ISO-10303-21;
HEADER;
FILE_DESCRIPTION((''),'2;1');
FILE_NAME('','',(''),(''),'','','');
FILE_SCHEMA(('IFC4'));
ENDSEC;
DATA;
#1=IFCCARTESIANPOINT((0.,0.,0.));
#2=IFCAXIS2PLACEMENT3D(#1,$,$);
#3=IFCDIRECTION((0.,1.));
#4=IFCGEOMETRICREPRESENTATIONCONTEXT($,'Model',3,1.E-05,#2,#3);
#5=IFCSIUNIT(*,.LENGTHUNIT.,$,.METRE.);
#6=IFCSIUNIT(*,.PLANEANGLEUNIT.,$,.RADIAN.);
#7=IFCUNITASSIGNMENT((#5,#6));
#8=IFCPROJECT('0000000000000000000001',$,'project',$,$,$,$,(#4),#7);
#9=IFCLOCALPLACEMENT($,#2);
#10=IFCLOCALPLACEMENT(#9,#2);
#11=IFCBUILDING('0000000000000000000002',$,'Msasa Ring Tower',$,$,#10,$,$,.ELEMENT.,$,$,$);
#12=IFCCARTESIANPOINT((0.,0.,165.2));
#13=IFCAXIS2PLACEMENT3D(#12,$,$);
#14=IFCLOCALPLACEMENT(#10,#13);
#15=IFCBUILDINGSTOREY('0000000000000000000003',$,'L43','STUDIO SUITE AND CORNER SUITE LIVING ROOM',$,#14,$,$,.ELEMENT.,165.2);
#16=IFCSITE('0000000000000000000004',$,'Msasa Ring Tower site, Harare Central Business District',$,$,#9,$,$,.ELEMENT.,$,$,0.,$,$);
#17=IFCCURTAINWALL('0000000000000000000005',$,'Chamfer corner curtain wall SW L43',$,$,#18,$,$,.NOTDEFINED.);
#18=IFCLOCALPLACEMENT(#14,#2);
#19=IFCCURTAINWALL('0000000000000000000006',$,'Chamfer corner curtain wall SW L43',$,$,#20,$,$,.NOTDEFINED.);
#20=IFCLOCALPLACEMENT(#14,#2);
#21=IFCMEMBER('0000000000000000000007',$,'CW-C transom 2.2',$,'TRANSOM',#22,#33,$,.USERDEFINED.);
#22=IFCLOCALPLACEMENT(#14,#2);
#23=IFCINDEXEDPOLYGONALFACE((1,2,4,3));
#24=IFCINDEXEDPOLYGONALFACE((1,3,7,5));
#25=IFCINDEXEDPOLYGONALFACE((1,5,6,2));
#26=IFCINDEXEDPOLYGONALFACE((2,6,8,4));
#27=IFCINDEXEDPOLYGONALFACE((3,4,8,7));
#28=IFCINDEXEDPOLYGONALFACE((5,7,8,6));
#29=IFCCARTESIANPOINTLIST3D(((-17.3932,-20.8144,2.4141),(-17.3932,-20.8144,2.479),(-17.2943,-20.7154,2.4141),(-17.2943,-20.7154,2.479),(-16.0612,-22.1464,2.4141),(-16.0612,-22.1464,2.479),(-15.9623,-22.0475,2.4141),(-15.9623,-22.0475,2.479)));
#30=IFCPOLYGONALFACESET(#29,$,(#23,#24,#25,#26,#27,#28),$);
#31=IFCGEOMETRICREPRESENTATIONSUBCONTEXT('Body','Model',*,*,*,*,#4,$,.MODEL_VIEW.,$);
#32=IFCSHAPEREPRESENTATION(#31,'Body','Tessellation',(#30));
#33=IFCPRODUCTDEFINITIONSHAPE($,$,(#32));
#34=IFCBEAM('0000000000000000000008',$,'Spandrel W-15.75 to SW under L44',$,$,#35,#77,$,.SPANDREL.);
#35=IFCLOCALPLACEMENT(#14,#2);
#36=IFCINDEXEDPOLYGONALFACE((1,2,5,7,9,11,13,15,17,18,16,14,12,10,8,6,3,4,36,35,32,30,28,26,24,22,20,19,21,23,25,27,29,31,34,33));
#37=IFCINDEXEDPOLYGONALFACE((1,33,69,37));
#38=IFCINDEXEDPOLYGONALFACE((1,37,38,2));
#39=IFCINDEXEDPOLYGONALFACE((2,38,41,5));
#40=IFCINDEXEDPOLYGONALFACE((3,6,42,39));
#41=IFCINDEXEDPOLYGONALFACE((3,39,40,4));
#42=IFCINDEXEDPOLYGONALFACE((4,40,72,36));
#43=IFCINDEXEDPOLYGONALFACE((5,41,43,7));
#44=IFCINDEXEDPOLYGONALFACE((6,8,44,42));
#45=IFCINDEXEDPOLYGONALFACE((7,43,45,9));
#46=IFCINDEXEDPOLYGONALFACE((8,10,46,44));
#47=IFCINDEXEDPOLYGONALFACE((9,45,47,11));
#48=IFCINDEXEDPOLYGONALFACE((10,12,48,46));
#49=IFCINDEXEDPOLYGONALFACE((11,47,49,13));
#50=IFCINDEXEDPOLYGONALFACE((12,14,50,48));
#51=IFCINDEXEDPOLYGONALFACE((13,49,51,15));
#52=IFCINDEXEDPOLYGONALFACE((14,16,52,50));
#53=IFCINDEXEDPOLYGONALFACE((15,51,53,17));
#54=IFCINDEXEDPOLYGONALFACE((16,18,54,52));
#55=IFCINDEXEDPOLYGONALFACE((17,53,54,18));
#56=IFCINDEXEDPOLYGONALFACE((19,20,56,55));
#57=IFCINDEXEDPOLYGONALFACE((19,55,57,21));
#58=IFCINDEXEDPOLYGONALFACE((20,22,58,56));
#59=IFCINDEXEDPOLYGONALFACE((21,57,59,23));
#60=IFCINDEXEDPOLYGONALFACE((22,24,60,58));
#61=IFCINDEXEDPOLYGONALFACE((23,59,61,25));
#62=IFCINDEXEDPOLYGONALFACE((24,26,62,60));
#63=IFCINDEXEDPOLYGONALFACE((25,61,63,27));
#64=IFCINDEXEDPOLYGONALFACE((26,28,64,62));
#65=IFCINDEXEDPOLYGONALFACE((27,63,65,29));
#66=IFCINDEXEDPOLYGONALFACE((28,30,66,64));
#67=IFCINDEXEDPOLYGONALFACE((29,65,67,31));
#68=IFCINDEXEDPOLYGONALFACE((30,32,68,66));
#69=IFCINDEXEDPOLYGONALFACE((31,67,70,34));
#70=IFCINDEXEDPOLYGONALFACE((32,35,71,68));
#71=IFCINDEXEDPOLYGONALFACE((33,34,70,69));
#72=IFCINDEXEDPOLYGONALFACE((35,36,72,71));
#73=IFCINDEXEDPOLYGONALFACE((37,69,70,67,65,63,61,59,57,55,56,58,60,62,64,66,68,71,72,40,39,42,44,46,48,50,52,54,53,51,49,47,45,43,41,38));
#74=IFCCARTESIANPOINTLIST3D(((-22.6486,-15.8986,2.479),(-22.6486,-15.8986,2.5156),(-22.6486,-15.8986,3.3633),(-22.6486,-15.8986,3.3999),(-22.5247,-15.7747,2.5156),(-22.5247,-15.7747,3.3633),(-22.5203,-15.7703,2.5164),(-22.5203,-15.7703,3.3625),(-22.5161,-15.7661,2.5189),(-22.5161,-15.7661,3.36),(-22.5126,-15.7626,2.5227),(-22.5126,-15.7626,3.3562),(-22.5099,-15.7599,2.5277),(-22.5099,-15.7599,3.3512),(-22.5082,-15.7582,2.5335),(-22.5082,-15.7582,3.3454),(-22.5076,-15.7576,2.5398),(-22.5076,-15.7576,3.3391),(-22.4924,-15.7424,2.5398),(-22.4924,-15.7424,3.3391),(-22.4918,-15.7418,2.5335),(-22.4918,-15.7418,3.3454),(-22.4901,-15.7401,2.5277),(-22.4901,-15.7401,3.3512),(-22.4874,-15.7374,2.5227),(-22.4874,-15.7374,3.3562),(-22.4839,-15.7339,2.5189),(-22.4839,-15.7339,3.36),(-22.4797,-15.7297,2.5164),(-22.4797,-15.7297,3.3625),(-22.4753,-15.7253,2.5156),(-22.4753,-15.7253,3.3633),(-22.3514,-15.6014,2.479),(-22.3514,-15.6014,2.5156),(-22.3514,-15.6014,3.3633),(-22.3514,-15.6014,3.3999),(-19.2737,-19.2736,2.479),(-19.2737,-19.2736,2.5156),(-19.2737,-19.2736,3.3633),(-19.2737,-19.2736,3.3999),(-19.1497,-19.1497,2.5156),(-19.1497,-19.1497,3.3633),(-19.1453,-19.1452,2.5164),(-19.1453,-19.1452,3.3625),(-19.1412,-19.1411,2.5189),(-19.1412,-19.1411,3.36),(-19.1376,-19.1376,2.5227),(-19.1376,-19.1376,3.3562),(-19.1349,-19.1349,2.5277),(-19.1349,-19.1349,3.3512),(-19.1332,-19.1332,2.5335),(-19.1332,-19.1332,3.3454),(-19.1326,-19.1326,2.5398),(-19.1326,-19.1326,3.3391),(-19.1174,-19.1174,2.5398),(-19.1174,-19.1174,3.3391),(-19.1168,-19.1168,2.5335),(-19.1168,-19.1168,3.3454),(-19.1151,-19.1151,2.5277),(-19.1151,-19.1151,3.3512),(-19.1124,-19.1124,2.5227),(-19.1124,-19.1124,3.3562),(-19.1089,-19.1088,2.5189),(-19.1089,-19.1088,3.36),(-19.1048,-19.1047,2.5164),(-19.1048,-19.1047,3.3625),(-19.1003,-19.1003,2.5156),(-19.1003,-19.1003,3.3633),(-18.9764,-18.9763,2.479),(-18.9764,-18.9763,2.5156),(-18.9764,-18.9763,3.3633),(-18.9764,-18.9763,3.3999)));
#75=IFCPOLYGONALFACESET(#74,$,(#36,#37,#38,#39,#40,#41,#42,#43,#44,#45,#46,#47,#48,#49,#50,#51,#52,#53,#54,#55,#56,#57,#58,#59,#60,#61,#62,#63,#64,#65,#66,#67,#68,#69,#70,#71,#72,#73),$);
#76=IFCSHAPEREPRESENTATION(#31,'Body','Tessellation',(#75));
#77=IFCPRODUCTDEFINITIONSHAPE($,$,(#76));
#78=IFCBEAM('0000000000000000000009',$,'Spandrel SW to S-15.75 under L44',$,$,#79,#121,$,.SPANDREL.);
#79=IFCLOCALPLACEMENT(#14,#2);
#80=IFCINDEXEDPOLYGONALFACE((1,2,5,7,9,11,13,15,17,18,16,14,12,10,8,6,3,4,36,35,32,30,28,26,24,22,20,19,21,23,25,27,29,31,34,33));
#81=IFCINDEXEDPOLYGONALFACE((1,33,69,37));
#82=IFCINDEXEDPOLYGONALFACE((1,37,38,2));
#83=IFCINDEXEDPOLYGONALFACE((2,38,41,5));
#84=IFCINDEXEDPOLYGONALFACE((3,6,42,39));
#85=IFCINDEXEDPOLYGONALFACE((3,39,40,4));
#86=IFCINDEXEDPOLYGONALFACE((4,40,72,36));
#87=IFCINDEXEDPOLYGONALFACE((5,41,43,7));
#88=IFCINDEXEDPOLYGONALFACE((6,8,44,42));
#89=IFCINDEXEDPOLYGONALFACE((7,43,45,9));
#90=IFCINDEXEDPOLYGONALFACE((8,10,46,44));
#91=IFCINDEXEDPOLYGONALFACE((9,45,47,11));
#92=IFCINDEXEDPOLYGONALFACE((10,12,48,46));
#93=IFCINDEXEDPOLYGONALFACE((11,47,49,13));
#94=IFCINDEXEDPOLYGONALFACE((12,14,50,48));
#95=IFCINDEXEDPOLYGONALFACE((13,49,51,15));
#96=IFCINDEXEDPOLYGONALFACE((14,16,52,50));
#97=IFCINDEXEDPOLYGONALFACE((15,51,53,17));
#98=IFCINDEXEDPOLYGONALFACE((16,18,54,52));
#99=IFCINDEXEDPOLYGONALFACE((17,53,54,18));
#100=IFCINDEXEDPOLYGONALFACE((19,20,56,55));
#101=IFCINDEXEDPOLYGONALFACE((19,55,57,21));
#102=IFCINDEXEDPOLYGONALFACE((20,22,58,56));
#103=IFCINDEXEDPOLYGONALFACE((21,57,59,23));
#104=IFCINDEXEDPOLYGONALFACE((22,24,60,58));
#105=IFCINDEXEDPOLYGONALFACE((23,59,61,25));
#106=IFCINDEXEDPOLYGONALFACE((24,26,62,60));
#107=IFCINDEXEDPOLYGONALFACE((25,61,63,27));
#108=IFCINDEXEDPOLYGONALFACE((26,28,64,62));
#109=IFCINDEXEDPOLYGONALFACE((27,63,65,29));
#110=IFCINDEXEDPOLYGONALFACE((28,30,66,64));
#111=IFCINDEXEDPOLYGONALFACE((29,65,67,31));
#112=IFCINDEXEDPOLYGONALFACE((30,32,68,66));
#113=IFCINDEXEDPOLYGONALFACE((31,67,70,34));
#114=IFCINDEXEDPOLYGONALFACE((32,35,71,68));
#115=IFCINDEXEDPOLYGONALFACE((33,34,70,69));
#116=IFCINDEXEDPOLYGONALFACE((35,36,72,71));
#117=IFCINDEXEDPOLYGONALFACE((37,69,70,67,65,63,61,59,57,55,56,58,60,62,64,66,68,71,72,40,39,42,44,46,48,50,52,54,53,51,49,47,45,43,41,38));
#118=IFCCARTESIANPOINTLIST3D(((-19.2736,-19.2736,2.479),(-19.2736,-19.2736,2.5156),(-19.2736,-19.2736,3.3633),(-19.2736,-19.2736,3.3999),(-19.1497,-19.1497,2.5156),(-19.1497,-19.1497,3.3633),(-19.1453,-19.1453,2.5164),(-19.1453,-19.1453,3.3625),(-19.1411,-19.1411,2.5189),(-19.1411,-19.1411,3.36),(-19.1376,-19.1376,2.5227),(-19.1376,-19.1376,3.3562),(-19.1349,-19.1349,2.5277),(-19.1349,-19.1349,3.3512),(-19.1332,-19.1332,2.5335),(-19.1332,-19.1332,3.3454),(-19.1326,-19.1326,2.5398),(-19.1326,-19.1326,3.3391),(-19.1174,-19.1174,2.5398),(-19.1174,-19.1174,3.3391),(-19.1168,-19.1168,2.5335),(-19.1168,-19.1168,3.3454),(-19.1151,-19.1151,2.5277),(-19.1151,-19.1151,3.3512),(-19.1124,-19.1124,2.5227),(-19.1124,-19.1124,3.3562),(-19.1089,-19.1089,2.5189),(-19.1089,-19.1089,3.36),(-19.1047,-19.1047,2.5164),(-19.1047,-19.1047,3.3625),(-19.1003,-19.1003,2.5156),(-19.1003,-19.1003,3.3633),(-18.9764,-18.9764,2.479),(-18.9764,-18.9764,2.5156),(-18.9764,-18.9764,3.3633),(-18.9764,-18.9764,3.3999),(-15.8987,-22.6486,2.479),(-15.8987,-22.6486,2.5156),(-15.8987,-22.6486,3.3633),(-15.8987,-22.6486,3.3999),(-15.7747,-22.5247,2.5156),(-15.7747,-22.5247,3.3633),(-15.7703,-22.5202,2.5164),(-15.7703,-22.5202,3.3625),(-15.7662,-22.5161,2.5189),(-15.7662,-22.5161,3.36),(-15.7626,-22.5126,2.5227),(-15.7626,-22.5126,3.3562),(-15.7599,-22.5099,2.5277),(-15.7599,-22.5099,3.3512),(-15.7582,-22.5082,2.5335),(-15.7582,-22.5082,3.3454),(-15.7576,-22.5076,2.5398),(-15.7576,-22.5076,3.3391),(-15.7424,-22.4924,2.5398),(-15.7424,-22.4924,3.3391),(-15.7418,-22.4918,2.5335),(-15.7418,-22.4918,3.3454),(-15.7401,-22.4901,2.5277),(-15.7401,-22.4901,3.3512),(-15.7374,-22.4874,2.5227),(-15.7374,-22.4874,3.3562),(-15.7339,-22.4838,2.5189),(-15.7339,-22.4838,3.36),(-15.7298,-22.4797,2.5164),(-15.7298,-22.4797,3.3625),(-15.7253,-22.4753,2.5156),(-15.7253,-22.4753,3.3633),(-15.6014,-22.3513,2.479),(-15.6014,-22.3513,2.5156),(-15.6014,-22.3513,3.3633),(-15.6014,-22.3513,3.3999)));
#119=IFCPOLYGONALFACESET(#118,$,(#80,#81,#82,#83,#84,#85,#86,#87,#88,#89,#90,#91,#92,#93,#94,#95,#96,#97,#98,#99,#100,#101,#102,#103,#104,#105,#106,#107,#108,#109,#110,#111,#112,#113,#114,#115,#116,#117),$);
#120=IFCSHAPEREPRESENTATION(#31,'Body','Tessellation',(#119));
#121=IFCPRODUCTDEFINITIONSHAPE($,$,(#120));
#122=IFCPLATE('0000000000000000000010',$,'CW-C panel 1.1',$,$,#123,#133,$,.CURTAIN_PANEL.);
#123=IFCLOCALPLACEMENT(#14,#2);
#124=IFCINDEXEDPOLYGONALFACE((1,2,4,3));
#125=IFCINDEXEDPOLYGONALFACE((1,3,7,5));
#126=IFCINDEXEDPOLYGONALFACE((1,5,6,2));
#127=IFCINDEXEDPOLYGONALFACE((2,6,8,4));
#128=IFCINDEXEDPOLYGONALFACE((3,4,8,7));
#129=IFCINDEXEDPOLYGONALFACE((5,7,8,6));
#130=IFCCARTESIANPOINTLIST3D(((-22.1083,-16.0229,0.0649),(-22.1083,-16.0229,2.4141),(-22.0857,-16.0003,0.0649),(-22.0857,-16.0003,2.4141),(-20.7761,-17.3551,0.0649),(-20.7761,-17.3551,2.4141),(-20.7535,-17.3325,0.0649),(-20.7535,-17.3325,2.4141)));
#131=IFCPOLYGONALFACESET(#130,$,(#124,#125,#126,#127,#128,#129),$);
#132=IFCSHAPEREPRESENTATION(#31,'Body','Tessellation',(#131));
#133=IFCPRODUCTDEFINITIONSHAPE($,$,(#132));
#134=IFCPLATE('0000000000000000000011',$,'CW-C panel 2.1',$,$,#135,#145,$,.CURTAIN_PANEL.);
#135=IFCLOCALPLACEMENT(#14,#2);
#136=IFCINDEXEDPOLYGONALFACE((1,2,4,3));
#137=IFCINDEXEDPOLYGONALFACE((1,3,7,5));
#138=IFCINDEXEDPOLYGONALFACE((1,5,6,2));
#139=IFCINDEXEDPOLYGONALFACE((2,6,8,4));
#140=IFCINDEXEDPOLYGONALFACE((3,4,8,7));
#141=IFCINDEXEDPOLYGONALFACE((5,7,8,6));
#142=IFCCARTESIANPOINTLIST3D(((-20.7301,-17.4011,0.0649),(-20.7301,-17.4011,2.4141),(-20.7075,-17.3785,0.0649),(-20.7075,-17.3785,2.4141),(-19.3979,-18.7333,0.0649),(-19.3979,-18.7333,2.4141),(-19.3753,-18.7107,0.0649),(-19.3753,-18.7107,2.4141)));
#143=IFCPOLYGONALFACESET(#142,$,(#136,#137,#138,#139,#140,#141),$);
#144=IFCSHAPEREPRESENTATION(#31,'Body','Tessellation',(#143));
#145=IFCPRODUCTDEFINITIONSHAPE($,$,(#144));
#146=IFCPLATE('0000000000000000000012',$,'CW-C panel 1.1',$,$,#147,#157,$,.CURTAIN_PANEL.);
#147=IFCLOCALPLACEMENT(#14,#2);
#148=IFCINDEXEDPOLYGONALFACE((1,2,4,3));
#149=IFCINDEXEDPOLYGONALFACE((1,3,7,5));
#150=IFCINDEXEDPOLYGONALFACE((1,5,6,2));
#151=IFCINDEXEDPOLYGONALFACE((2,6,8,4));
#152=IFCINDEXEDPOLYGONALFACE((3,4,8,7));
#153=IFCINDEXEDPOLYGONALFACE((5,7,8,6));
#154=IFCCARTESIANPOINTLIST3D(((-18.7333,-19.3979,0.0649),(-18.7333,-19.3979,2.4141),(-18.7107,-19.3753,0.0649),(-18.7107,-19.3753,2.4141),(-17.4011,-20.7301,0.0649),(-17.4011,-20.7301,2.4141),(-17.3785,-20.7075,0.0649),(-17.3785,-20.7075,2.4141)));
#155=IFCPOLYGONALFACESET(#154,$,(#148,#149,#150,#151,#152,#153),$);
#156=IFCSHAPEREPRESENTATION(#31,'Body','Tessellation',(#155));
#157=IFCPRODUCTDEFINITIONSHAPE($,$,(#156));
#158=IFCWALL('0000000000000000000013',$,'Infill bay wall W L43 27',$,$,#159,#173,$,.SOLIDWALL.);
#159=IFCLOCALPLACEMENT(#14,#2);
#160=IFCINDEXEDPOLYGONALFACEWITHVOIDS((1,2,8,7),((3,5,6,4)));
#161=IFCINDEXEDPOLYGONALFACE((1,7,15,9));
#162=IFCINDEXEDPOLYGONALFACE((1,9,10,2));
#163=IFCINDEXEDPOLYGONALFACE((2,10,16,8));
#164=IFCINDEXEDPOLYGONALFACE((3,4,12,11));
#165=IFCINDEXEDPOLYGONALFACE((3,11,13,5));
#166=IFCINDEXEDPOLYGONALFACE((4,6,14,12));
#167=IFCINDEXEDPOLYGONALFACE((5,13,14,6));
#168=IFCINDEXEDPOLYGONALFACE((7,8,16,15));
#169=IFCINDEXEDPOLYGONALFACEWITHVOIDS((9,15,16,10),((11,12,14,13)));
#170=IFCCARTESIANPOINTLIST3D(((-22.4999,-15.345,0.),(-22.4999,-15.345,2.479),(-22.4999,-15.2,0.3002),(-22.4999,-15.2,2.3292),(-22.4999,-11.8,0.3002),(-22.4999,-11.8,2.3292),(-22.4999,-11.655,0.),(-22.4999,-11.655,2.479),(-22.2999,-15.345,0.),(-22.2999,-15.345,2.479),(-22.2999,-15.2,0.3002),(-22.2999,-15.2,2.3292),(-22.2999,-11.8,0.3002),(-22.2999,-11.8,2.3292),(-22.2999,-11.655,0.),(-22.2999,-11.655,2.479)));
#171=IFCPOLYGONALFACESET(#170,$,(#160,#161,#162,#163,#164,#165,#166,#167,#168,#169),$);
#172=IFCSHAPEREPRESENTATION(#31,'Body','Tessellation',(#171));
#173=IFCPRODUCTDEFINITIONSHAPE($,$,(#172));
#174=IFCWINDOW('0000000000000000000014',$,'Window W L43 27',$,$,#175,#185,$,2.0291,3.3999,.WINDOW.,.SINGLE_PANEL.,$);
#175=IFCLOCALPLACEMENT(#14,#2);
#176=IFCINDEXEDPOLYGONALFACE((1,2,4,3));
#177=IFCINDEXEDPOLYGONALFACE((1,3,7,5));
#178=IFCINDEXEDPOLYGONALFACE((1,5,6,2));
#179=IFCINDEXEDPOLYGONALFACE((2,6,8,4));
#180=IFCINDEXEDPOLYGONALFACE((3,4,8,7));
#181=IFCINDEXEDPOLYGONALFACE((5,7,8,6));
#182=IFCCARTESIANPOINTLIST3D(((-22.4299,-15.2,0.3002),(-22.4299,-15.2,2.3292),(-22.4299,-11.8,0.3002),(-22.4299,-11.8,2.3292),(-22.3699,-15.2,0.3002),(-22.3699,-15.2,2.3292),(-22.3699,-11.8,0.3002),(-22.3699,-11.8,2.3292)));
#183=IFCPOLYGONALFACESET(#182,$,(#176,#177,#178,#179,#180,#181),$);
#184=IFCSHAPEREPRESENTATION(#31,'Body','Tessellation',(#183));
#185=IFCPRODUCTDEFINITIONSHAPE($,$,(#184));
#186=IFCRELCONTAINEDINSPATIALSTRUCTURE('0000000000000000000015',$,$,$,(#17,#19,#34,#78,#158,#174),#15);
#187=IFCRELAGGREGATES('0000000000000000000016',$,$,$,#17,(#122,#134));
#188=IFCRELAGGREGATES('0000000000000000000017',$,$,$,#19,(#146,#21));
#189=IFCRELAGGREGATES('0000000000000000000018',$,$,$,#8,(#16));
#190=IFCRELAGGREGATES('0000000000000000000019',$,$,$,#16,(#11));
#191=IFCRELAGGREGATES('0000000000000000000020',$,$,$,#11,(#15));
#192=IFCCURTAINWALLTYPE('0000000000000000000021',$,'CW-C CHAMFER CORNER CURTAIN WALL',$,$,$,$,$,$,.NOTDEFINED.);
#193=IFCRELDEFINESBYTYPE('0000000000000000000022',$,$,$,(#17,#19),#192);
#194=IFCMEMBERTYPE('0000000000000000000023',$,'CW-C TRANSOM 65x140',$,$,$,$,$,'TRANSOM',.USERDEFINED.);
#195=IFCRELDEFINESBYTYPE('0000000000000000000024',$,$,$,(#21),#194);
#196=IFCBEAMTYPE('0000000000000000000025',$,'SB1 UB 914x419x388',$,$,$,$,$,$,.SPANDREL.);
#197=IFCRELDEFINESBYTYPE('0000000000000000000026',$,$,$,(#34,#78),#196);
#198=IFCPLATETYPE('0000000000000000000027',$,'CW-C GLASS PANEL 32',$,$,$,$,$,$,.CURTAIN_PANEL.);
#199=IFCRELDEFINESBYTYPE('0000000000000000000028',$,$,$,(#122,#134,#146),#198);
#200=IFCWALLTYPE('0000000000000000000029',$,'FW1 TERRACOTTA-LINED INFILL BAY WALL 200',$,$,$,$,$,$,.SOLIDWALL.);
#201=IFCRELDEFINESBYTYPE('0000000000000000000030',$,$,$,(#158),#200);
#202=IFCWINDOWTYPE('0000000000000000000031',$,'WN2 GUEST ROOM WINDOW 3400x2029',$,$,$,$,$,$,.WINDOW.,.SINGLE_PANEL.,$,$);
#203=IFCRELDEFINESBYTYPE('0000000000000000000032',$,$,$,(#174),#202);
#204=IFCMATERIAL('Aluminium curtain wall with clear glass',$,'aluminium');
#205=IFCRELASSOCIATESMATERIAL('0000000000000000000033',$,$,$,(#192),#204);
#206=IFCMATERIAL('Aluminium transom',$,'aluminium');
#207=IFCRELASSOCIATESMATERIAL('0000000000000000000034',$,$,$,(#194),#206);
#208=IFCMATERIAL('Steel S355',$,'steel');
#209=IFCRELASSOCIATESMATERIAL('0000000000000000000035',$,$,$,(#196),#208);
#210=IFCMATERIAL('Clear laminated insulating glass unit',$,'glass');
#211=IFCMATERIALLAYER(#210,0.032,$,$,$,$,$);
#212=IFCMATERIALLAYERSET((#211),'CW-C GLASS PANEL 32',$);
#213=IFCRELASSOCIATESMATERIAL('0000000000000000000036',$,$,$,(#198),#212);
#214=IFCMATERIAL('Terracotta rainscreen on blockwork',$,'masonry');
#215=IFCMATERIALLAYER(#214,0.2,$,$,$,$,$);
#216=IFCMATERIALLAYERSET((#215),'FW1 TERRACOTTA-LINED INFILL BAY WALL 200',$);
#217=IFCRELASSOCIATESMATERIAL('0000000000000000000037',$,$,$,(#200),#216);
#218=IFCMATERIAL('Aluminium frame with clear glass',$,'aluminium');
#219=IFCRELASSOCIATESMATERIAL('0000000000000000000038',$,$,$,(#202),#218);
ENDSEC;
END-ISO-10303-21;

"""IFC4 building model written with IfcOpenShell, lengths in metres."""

from ifc_helpers import new_model, si_unit, direction, frame, frame_2d, origin, origin_2d, place, context, subcontext, project, spatial, rectangle, i_section, extrude, material, layer, layer_set, material_profile, profile_set, type_object, element, fill, aggregate, save


model = new_model("IFC4")

# Units and contexts
model_context = context("Model", 3, precision=1e-05, world=origin(), true_north=direction((0.0, 1.0)))
body_context = subcontext(model_context, "Body", "Model", "MODEL_VIEW")
ifc_project = project(units=[si_unit("LENGTHUNIT", "METRE"), si_unit("PLANEANGLEUNIT", "RADIAN")], contexts=[model_context])

# Site, building, storey
site_placement = place(None, origin())
site = spatial("IfcSite", under=ifc_project, at=site_placement, Name="Msasa Ring Tower site, Harare Central Business District", CompositionType="ELEMENT", RefElevation=0.0)
building_placement = place(site_placement, origin())
building = spatial("IfcBuilding", under=site, at=building_placement, Name="Msasa Ring Tower", CompositionType="ELEMENT")
storey_placement = place(building_placement, frame((0.0, 0.0, 165.2)))
storey = spatial("IfcBuildingStorey", under=building, at=storey_placement, Name="L43", Description="STUDIO SUITE AND CORNER SUITE LIVING ROOM", CompositionType="ELEMENT", Elevation=165.2)

# Curtain walls
ifc_material_1 = material(Name="Aluminium curtain wall with clear glass", Category="aluminium")
curtain_wall_type = type_object("IfcCurtainWallType", Name="CW-C CHAMFER CORNER CURTAIN WALL", PredefinedType="NOTDEFINED", material=ifc_material_1)
curtain_wall_1_placement = place(storey_placement, origin())
curtain_wall_1 = element("IfcCurtainWall", 1, at=curtain_wall_1_placement, inside=storey, type_object=curtain_wall_type, Name="Chamfer corner curtain wall SW L43", PredefinedType="NOTDEFINED")
curtain_wall_2_placement = place(storey_placement, origin())
curtain_wall_2 = element("IfcCurtainWall", 2, at=curtain_wall_2_placement, inside=storey, type_object=curtain_wall_type, Name="Chamfer corner curtain wall SW L43", PredefinedType="NOTDEFINED")

# Member
ifc_material_2 = material(Name="Aluminium transom", Category="aluminium")
ifc_material_profile_1 = material_profile(ifc_material_2, rectangle(XDim=0.1399, YDim=0.0649, at=origin_2d()), Name="AL 65x140")
ifc_profile_set_1 = profile_set([ifc_material_profile_1], Name="Aluminium transom")
member_type_1 = type_object("IfcMemberType", Name="CW-C TRANSOM 65x140", ElementType="TRANSOM", PredefinedType="USERDEFINED", material=ifc_profile_set_1)
member_1_placement = place(storey_placement, frame((-17.3438, -20.7649, 2.4465), z_axis=(0.707107, -0.707107, 0.0), x_axis=(0.707107, 0.707107, 0.0)))
member_1 = element("IfcMember", 3, at=member_1_placement, type_object=member_type_1, Name="CW-C transom 2.2", ObjectType="TRANSOM", PredefinedType="USERDEFINED", context=body_context, shape_type="SweptSolid", body=[
    extrude(rectangle(XDim=0.1399, YDim=0.0649, at=origin_2d()), origin(), (0.0, 0.0, 1.0), 1.8838),
])

# Beams
ifc_material_3 = material(Name="Steel S355", Category="steel")
ifc_material_profile_2 = material_profile(ifc_material_3, i_section(OverallWidth=0.4204, OverallDepth=0.9209, WebThickness=0.0215, FlangeThickness=0.0366, FilletRadius=0.0242, at=origin_2d()), Name="UB 914x419x388")
ifc_profile_set_2 = profile_set([ifc_material_profile_2], Name="Steel S355")
beam_type = type_object("IfcBeamType", Name="SB1 UB 914x419x388", PredefinedType="SPANDREL", material=ifc_profile_set_2)
for number, where, z_axis, x_axis, name in (
    (4, (-22.5, -15.75, 2.9395), (0.707107, -0.707107, 0.0), (0.707107, 0.707107, 0.0), "Spandrel W-15.75 to SW under L44"),
    (5, (-19.125, -19.125, 2.9395), (0.707107, -0.707107, 0.0), (0.707107, 0.707107, 0.0), "Spandrel SW to S-15.75 under L44"),
):
    element("IfcBeam", number, at=place(storey_placement, frame(where, z_axis=z_axis, x_axis=x_axis)), inside=storey, type_object=beam_type, Name=name, PredefinedType="SPANDREL", context=body_context, shape_type="SweptSolid", body=[
        extrude(i_section(OverallWidth=0.4204, OverallDepth=0.9209, WebThickness=0.0215, FlangeThickness=0.0366, FilletRadius=0.0242, at=origin_2d()), origin(), (0.0, 0.0, 1.0), 4.7729),
    ])

# Plates
ifc_material_4 = material(Name="Clear laminated insulating glass unit", Category="glass")
ifc_layer_1 = layer(ifc_material_4, 0.032)
ifc_layer_set_1 = layer_set([ifc_layer_1], Name="CW-C GLASS PANEL 32")
plate_type = type_object("IfcPlateType", Name="CW-C GLASS PANEL 32", PredefinedType="CURTAIN_PANEL", material=ifc_layer_set_1)
plate_1_placement = place(storey_placement, frame((-21.4309, -16.6777, 0.0649), z_axis=(0.0, 0.0, 1.0), x_axis=(0.707107, -0.707107, 0.0)))
plate_1 = element("IfcPlate", 6, at=plate_1_placement, type_object=plate_type, Name="CW-C panel 1.1", PredefinedType="CURTAIN_PANEL", context=body_context, shape_type="SweptSolid", body=[
    extrude(rectangle(XDim=1.884, YDim=0.032, at=origin_2d()), origin(), (0.0, 0.0, 1.0), 2.3491),
])
plate_2_placement = place(storey_placement, frame((-20.0527, -18.0559, 0.0649), z_axis=(0.0, 0.0, 1.0), x_axis=(0.707107, -0.707107, 0.0)))
plate_2 = element("IfcPlate", 7, at=plate_2_placement, type_object=plate_type, Name="CW-C panel 2.1", PredefinedType="CURTAIN_PANEL", context=body_context, shape_type="SweptSolid", body=[
    extrude(rectangle(XDim=1.884, YDim=0.032, at=origin_2d()), origin(), (0.0, 0.0, 1.0), 2.3491),
])
aggregate(curtain_wall_1, [plate_1, plate_2])
plate_3_placement = place(storey_placement, frame((-18.0559, -20.0527, 0.0649), z_axis=(0.0, 0.0, 1.0), x_axis=(0.707107, -0.707107, 0.0)))
plate_3 = element("IfcPlate", 8, at=plate_3_placement, type_object=plate_type, Name="CW-C panel 1.1", PredefinedType="CURTAIN_PANEL", context=body_context, shape_type="SweptSolid", body=[
    extrude(rectangle(XDim=1.884, YDim=0.032, at=origin_2d()), origin(), (0.0, 0.0, 1.0), 2.3491),
])
aggregate(curtain_wall_2, [plate_3, member_1])

# Wall, opening, window
ifc_material_5 = material(Name="Terracotta rainscreen on blockwork", Category="masonry")
ifc_layer_2 = layer(ifc_material_5, 0.2)
ifc_layer_set_2 = layer_set([ifc_layer_2], Name="FW1 TERRACOTTA-LINED INFILL BAY WALL 200")
wall_type_1 = type_object("IfcWallType", Name="FW1 TERRACOTTA-LINED INFILL BAY WALL 200", PredefinedType="SOLIDWALL", material=ifc_layer_set_2)
wall_1_placement = place(storey_placement, frame((-22.3999, -15.345, 0.0), z_axis=(0.0, 0.0, 1.0), x_axis=(0.0, 1.0, 0.0)))
wall_1 = element("IfcWall", 9, at=wall_1_placement, inside=storey, type_object=wall_type_1, Name="Infill bay wall W L43 27", PredefinedType="SOLIDWALL", context=body_context, shape_type="SweptSolid", body=[
    extrude(rectangle(XDim=3.6899, YDim=0.2, at=frame_2d((1.845, 0.0))), origin(), (0.0, 0.0, 1.0), 2.479),
])
opening_1_placement = place(wall_1_placement, frame((0.145, 0.0, 0.3)))
opening_1 = element("IfcOpeningElement", 10, at=opening_1_placement, cuts=wall_1, PredefinedType="OPENING", context=body_context, shape_type="SweptSolid", body=[
    extrude(rectangle(XDim=3.3999, YDim=2.0291, at=frame_2d((1.7, 1.0146))), frame((0.0, 0.1099, 0.0), z_axis=(0.0, -1.0, 0.0), x_axis=(1.0, 0.0, 0.0)), (0.0, 0.0, 1.0), 0.22),
])
ifc_material_6 = material(Name="Aluminium frame with clear glass", Category="aluminium")
window_type = type_object("IfcWindowType", Name="WN2 GUEST ROOM WINDOW 3400x2029", PartitioningType="SINGLE_PANEL", PredefinedType="WINDOW", material=ifc_material_6)
window_placement = place(opening_1_placement, origin())
window = element("IfcWindow", 11, at=window_placement, inside=storey, type_object=window_type, Name="Window W L43 27", OverallHeight=2.0291, OverallWidth=3.3999, PartitioningType="SINGLE_PANEL", PredefinedType="WINDOW", context=body_context, shape_type="SweptSolid", body=[
    extrude(rectangle(XDim=3.3999, YDim=2.0291, at=frame_2d((1.7, 1.0146))), frame((0.0, 0.03, 0.0), z_axis=(0.0, -1.0, 0.0), x_axis=(1.0, 0.0, 0.0)), (0.0, 0.0, 1.0), 0.0601),
])
fill(opening_1, window)

save(model, "model.ifc")
